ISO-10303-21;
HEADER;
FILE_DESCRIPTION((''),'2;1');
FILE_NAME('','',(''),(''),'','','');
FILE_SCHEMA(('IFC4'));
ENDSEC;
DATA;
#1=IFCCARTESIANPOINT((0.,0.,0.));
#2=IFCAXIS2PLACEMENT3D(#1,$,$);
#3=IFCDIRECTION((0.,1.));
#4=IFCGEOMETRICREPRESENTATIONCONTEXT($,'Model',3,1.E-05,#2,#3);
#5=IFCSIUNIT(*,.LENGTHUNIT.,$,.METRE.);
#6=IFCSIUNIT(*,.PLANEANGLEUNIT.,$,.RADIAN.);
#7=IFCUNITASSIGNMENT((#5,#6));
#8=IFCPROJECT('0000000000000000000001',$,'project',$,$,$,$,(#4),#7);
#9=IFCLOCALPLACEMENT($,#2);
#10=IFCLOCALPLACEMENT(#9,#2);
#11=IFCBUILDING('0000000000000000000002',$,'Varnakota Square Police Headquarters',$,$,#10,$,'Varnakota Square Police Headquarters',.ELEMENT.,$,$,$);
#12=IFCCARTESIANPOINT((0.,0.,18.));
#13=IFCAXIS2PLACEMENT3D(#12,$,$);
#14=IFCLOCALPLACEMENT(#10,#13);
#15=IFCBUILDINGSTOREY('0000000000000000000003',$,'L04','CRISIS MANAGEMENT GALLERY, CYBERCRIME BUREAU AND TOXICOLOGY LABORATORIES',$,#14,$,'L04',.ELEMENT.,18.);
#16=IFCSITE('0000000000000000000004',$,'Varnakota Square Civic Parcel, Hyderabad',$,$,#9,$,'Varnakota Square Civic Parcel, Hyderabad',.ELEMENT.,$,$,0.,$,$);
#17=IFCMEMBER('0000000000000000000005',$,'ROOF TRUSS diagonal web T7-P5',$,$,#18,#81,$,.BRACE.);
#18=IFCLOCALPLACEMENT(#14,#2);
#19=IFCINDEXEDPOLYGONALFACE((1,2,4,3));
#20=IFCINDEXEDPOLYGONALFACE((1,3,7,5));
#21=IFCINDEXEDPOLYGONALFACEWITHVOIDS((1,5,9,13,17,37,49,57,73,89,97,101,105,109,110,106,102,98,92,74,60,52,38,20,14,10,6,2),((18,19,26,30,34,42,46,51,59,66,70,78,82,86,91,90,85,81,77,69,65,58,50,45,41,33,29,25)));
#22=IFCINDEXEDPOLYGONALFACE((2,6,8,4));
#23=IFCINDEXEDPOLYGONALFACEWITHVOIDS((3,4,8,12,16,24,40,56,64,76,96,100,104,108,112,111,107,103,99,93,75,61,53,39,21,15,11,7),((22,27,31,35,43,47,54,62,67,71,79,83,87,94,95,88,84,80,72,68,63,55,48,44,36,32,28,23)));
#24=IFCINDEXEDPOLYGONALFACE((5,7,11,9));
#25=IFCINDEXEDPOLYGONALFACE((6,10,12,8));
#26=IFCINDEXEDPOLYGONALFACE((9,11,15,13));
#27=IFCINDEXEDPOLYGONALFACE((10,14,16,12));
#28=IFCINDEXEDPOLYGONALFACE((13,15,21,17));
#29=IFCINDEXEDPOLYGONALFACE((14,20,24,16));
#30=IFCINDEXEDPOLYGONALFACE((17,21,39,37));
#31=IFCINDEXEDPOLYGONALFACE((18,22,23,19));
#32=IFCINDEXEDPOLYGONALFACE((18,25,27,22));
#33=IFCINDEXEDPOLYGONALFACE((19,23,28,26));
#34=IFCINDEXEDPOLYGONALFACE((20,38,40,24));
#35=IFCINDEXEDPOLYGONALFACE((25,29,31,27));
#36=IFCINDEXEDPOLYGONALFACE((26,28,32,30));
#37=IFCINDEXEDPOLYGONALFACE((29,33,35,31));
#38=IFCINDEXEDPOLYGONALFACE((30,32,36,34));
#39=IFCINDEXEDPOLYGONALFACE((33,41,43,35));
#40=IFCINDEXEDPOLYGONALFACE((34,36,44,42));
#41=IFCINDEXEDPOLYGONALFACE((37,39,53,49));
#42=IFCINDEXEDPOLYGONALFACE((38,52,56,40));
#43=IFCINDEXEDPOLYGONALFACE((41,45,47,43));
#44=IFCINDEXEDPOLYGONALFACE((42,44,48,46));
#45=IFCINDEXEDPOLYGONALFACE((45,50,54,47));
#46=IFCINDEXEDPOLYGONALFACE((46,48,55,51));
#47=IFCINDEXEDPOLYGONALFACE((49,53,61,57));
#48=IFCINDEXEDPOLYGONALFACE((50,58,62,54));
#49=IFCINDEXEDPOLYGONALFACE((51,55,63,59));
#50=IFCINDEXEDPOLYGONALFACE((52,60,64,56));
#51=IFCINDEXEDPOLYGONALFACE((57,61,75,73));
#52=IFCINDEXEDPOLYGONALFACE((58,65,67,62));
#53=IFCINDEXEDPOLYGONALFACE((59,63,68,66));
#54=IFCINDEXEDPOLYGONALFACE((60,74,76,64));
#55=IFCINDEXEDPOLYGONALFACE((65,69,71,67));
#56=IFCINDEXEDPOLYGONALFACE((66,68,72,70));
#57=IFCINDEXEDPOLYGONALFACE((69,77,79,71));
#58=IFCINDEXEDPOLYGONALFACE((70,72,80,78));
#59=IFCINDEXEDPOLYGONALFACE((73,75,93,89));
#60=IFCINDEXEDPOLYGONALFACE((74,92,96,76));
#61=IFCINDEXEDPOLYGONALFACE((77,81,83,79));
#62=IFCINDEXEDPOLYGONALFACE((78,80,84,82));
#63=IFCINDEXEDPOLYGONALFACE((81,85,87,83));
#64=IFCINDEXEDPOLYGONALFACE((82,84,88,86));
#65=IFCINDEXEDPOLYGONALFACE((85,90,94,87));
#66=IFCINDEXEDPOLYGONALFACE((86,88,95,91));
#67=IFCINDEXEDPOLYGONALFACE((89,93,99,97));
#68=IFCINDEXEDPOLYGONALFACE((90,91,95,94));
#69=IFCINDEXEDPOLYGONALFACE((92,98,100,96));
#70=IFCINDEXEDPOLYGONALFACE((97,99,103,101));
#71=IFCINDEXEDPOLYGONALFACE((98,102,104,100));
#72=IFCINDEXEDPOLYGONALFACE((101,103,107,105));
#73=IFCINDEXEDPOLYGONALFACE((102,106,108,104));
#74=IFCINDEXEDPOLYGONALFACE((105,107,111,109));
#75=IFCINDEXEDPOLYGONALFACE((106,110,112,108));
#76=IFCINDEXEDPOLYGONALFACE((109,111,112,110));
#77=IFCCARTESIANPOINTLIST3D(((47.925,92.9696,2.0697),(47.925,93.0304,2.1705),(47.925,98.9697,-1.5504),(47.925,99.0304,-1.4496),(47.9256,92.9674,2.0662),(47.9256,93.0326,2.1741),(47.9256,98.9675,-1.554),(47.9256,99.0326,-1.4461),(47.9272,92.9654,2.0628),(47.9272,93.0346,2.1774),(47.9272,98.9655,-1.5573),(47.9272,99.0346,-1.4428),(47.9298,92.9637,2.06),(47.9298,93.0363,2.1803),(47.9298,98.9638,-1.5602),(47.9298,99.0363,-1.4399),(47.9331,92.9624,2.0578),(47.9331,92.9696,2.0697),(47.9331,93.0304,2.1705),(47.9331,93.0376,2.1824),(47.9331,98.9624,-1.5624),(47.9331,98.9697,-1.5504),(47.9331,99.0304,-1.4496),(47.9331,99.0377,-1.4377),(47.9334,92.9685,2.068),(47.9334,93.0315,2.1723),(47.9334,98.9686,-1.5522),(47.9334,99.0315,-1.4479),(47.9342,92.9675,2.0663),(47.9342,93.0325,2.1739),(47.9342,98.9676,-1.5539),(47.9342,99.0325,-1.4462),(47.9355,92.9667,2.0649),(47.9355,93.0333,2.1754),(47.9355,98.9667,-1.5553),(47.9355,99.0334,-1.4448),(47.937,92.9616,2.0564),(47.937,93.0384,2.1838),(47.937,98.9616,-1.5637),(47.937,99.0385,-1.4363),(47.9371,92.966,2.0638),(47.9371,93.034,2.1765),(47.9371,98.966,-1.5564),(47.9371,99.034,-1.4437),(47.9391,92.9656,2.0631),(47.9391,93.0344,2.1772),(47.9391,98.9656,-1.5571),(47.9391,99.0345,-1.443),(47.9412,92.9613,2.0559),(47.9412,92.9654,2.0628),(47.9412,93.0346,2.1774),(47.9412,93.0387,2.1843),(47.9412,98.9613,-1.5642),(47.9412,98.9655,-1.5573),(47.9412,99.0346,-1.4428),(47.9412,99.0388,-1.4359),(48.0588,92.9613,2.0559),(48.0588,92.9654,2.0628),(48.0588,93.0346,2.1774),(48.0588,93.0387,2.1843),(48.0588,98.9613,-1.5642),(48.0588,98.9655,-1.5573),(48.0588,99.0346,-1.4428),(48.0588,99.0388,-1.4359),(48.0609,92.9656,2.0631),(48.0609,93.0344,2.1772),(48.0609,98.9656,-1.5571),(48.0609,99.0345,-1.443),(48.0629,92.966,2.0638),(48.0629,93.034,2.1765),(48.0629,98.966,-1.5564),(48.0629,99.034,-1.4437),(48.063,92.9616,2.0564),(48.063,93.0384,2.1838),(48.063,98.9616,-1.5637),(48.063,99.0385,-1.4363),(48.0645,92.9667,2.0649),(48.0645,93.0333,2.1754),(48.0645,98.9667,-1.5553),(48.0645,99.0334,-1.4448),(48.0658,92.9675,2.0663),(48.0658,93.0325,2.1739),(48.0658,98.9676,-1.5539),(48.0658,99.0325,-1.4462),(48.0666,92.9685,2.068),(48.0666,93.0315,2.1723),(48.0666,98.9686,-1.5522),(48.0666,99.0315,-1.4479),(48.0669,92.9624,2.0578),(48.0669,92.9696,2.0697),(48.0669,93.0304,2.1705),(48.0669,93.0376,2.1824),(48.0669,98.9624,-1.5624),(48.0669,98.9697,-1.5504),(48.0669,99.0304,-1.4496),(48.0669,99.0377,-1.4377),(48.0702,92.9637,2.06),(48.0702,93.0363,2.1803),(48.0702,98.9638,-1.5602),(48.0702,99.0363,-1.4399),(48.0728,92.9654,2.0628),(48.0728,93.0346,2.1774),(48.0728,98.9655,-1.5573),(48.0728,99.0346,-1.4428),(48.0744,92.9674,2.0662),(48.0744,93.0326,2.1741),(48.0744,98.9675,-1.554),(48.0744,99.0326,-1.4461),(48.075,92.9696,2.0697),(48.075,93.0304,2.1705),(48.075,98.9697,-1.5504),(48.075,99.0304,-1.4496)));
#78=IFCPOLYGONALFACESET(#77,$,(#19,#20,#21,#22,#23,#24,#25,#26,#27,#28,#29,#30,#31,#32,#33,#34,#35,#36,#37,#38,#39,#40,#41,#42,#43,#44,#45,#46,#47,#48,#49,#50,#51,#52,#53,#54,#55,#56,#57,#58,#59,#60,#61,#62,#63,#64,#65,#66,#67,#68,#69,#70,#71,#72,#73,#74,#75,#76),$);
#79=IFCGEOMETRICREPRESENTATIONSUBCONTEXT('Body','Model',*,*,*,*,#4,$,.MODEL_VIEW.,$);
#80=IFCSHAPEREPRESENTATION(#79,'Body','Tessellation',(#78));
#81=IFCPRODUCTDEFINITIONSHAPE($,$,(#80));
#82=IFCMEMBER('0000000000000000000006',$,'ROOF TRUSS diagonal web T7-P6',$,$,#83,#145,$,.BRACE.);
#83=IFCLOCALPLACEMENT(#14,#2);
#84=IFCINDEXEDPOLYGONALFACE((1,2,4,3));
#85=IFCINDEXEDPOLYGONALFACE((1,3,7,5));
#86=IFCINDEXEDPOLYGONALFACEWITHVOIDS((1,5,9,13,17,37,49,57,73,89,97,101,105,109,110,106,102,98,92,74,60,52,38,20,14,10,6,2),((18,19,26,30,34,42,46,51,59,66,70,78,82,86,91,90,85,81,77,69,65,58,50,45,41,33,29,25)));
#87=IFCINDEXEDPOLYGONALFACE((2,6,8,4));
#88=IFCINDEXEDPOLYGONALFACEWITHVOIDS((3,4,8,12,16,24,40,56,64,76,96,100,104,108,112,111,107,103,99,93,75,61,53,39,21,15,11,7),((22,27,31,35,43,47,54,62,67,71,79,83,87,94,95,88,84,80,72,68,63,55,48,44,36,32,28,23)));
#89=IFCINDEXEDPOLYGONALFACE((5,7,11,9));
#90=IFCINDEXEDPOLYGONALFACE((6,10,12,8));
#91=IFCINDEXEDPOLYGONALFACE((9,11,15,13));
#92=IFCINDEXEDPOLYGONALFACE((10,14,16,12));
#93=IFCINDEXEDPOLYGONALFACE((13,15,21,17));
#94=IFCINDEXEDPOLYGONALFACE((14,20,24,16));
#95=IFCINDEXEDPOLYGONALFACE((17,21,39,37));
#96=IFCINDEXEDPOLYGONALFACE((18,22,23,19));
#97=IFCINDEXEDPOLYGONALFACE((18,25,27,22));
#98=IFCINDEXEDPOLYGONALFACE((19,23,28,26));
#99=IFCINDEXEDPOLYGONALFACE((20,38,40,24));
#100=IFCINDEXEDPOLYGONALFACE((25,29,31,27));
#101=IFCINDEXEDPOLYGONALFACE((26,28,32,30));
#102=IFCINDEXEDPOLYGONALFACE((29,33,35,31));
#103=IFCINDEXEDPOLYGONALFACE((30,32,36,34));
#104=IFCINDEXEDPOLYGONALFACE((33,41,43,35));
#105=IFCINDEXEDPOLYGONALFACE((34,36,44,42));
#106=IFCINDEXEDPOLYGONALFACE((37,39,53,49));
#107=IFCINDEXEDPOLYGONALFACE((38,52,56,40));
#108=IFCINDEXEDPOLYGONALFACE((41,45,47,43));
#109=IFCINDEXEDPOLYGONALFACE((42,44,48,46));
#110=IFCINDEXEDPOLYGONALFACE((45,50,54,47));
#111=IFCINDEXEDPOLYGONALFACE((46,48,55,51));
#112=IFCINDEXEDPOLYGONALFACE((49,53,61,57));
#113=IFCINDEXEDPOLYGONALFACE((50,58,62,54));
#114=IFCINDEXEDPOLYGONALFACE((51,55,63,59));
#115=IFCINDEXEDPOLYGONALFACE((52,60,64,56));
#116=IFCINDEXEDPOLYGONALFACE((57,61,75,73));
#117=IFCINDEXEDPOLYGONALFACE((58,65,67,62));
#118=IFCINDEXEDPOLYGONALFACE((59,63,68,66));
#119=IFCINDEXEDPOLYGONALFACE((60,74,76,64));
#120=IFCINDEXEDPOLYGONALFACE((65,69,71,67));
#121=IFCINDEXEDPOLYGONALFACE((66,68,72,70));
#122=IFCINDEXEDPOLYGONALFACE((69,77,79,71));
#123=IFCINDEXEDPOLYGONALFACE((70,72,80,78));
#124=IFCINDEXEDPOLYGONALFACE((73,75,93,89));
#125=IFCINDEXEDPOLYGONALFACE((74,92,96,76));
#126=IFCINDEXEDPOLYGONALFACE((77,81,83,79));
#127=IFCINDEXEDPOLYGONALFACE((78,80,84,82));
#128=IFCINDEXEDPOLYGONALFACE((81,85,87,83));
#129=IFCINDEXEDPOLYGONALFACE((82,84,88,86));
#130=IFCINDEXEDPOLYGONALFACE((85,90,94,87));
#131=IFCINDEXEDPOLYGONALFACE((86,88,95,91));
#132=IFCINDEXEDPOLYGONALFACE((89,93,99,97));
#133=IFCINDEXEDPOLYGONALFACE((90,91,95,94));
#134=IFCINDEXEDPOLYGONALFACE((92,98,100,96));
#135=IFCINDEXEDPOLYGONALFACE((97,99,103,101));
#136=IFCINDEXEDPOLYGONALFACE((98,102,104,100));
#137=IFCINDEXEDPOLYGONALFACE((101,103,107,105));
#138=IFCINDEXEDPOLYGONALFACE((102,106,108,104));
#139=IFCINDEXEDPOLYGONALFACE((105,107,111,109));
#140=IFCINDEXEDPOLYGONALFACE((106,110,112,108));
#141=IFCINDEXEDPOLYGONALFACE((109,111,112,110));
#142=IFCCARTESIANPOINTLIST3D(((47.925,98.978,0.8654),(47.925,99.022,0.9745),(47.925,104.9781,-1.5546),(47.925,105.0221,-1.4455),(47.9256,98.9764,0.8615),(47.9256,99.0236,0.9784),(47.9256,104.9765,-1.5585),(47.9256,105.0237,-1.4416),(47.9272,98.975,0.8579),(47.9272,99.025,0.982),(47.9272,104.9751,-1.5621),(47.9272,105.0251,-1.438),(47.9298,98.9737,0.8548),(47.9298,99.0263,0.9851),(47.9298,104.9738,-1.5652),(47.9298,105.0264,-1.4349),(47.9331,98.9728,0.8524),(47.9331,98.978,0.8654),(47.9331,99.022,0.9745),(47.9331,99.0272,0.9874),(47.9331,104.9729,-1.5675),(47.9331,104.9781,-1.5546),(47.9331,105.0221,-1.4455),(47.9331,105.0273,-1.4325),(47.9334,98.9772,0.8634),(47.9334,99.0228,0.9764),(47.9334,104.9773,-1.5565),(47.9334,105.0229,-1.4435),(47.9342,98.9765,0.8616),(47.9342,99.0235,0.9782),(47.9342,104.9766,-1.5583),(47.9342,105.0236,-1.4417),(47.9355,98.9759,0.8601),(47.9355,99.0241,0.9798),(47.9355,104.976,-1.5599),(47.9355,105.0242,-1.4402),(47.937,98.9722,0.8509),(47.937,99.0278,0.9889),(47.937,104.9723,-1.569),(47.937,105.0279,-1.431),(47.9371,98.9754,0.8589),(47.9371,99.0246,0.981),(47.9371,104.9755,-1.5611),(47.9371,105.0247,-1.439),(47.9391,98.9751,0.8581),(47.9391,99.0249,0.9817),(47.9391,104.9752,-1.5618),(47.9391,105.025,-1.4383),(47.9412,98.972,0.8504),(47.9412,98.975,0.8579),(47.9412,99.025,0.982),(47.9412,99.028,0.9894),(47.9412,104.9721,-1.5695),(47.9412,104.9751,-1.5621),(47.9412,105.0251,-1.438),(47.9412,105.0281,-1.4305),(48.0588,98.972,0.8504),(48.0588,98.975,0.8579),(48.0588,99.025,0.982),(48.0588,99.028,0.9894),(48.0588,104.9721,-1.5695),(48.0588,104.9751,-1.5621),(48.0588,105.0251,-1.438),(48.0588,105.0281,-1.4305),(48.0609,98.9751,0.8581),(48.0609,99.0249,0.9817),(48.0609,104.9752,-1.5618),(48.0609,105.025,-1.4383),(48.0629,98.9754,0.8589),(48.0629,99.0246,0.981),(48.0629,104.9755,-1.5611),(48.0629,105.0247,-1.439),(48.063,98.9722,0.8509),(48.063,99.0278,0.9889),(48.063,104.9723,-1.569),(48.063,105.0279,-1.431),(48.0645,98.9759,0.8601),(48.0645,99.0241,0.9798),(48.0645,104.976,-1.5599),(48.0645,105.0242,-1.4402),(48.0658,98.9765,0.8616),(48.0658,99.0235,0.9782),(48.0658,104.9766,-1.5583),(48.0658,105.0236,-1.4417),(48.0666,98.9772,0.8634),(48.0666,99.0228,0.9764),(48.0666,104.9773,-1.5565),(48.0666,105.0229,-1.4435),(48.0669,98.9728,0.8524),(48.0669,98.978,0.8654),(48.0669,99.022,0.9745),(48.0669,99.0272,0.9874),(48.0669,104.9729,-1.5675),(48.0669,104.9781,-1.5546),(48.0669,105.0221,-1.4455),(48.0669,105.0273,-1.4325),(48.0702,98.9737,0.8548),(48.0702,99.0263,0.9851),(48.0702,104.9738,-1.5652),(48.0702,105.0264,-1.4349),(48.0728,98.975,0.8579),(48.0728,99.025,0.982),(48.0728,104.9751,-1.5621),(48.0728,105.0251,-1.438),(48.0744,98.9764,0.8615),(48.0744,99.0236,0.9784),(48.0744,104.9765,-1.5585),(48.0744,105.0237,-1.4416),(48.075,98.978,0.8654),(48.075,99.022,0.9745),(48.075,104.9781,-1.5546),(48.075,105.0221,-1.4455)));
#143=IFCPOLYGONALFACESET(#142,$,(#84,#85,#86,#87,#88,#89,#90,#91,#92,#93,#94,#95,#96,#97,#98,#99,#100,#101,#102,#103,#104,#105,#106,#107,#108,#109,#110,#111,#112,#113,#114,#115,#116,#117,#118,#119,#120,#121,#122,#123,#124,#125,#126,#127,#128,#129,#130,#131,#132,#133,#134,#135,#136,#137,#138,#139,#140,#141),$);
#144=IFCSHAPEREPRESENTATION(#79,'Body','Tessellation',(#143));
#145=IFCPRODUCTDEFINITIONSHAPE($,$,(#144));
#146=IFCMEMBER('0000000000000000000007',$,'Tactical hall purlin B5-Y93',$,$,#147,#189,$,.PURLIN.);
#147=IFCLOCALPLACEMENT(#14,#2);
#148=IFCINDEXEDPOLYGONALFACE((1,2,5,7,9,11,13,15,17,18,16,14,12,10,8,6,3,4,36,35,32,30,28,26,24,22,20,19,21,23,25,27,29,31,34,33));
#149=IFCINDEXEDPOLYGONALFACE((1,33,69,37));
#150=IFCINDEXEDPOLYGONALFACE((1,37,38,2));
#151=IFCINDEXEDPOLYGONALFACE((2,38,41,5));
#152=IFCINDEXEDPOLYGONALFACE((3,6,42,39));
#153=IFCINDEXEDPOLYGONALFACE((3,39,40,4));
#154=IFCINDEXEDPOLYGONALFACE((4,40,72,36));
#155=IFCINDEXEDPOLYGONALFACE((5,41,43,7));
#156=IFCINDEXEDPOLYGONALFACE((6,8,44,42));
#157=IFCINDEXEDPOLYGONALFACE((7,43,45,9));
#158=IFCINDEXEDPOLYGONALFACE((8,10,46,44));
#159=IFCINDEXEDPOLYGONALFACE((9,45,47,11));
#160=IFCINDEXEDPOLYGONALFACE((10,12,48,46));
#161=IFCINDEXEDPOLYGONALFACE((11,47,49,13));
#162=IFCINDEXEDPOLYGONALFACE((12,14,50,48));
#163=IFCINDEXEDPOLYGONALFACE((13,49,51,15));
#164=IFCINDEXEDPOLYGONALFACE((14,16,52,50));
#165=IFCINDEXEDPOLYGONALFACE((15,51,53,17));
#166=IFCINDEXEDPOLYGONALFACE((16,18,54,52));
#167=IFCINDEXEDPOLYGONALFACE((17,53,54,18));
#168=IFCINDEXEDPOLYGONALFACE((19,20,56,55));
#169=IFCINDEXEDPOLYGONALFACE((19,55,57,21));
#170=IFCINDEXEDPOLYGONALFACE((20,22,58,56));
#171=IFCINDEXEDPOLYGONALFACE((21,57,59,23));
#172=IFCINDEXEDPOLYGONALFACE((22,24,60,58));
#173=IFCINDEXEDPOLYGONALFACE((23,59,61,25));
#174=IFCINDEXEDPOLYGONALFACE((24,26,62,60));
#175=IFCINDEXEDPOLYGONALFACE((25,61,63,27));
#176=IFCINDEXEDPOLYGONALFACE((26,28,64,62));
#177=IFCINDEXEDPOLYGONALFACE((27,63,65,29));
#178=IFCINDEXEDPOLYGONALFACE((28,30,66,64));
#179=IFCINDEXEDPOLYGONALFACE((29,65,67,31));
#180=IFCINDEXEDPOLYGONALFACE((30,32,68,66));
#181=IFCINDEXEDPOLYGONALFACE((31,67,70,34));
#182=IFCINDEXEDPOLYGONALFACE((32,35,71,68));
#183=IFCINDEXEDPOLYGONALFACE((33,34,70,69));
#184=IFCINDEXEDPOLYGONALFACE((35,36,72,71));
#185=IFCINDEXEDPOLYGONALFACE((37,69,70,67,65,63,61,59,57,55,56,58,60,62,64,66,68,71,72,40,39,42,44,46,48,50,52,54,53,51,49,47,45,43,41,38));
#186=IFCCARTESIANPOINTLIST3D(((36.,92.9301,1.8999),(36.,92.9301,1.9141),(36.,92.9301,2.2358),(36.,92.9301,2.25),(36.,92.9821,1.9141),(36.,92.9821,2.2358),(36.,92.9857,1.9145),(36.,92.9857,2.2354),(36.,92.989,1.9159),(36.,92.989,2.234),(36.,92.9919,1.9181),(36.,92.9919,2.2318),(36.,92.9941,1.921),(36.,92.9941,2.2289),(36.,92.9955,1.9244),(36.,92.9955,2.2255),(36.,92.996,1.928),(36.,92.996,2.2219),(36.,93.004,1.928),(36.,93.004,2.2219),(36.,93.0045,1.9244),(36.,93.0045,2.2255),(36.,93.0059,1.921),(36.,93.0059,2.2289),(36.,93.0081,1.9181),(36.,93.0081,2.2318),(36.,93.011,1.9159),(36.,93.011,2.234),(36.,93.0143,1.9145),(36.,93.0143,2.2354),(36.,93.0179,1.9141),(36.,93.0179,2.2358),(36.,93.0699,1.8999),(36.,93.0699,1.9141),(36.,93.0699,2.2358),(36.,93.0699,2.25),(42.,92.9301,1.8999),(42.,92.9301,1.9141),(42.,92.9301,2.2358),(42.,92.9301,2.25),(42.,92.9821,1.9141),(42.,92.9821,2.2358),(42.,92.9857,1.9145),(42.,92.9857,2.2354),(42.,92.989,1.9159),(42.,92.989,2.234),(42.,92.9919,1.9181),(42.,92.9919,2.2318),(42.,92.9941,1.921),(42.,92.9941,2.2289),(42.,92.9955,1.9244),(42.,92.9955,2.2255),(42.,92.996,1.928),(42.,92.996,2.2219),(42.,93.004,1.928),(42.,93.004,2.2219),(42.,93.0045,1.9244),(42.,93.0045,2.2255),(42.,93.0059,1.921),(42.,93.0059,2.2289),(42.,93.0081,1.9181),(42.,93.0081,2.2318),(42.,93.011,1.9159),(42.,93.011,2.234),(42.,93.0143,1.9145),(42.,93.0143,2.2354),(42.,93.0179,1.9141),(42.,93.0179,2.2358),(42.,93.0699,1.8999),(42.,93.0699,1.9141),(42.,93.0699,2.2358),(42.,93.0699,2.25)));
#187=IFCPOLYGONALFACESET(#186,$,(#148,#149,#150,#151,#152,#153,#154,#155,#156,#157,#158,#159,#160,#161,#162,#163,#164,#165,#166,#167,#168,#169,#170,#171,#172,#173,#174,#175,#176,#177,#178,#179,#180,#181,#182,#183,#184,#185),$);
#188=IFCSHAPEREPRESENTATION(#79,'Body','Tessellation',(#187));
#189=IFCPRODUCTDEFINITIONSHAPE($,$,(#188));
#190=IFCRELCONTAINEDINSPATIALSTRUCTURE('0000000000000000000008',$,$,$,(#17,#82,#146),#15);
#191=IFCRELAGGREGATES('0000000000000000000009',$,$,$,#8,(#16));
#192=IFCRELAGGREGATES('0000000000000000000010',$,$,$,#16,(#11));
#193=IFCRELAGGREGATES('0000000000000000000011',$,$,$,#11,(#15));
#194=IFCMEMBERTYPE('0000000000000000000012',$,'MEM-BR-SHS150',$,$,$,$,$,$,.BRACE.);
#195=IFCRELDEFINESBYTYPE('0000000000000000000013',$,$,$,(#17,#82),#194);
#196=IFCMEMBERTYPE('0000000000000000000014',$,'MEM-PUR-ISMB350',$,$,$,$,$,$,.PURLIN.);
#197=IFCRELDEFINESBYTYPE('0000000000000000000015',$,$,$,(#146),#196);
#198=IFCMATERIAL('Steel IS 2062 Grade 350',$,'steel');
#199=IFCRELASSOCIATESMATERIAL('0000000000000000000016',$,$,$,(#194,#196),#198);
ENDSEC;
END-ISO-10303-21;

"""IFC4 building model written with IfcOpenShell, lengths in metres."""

from ifc_helpers import new_model, si_unit, direction, frame, origin, origin_2d, place, context, subcontext, project, spatial, hollow_rectangle, i_section, extrude, material, material_profile, profile_set, type_object, element, save


model = new_model("IFC4")

# Units and contexts
model_context = context("Model", 3, precision=1e-05, world=origin(), true_north=direction((0.0, 1.0)))
body_context = subcontext(model_context, "Body", "Model", "MODEL_VIEW")
ifc_project = project(units=[si_unit("LENGTHUNIT", "METRE"), si_unit("PLANEANGLEUNIT", "RADIAN")], contexts=[model_context])

# Site, building, storey
site_placement = place(None, origin())
site = spatial("IfcSite", under=ifc_project, at=site_placement, Name="Varnakota Square Civic Parcel, Hyderabad", LongName="Varnakota Square Civic Parcel, Hyderabad", CompositionType="ELEMENT", RefElevation=0.0)
building_placement = place(site_placement, origin())
building = spatial("IfcBuilding", under=site, at=building_placement, Name="Varnakota Square Police Headquarters", LongName="Varnakota Square Police Headquarters", CompositionType="ELEMENT")
storey_placement = place(building_placement, frame((0.0, 0.0, 18.0)))
storey = spatial("IfcBuildingStorey", under=building, at=storey_placement, Name="L04", Description="CRISIS MANAGEMENT GALLERY, CYBERCRIME BUREAU AND TOXICOLOGY LABORATORIES", LongName="L04", CompositionType="ELEMENT", Elevation=18.0)

# Shared definitions
ifc_material_1 = material(Name="Steel IS 2062 Grade 350", Category="steel")

# Members
ifc_material_profile_1 = material_profile(ifc_material_1, hollow_rectangle(XDim=0.1499, YDim=0.1499, WallThickness=0.0081, InnerFilletRadius=0.0081, OuterFilletRadius=0.0161, at=origin_2d()), Name="SHS 150x150x8")
ifc_profile_set_1 = profile_set([ifc_material_profile_1], Name="Steel IS 2062 Grade 350")
member_type_1 = type_object("IfcMemberType", Name="MEM-BR-SHS150", PredefinedType="BRACE", material=ifc_profile_set_1)
member_1_placement = place(storey_placement, frame((48.0, 93.0, 2.1201), z_axis=(0.0, 0.856224, -0.516605), x_axis=(-1.0, 0.0, 0.0)))
element("IfcMember", 1, at=member_1_placement, inside=storey, type_object=member_type_1, Name="ROOF TRUSS diagonal web T7-P5", PredefinedType="BRACE", context=body_context, shape_type="SweptSolid", body=[
    extrude(hollow_rectangle(XDim=0.1499, YDim=0.1499, WallThickness=0.0081, InnerFilletRadius=0.0081, OuterFilletRadius=0.0161, at=origin_2d()), origin(), (0.0, 0.0, 1.0), 7.0076),
])
member_2_placement = place(storey_placement, frame((48.0, 99.0, 0.9199), z_axis=(0.0, 0.927411, -0.374044), x_axis=(-1.0, 0.0, 0.0)))
element("IfcMember", 2, at=member_2_placement, inside=storey, type_object=member_type_1, Name="ROOF TRUSS diagonal web T7-P6", PredefinedType="BRACE", context=body_context, shape_type="SweptSolid", body=[
    extrude(hollow_rectangle(XDim=0.1499, YDim=0.1499, WallThickness=0.0081, InnerFilletRadius=0.0081, OuterFilletRadius=0.0161, at=origin_2d()), origin(), (0.0, 0.0, 1.0), 6.4697),
])
ifc_material_profile_2 = material_profile(ifc_material_1, i_section(OverallWidth=0.1399, OverallDepth=0.3501, WebThickness=0.0081, FlangeThickness=0.0142, FilletRadius=0.0139, at=origin_2d()), Name="ISMB 350")
ifc_profile_set_2 = profile_set([ifc_material_profile_2], Name="Steel IS 2062 Grade 350")
member_type_2 = type_object("IfcMemberType", Name="MEM-PUR-ISMB350", PredefinedType="PURLIN", material=ifc_profile_set_2)
for number, where, z_axis, x_axis, name in (
    (3, (36.0, 93.0, 2.075), (1.0, 0.0, 0.0), (0.0, 1.0, 0.0), "Tactical hall purlin B5-Y93"),
):
    element("IfcMember", number, at=place(storey_placement, frame(where, z_axis=z_axis, x_axis=x_axis)), inside=storey, type_object=member_type_2, Name=name, PredefinedType="PURLIN", context=body_context, shape_type="SweptSolid", body=[
        extrude(i_section(OverallWidth=0.1399, OverallDepth=0.3501, WebThickness=0.0081, FlangeThickness=0.0142, FilletRadius=0.0139, at=origin_2d()), origin(), (0.0, 0.0, 1.0), 6.0),
    ])

save(model, "model.ifc")
